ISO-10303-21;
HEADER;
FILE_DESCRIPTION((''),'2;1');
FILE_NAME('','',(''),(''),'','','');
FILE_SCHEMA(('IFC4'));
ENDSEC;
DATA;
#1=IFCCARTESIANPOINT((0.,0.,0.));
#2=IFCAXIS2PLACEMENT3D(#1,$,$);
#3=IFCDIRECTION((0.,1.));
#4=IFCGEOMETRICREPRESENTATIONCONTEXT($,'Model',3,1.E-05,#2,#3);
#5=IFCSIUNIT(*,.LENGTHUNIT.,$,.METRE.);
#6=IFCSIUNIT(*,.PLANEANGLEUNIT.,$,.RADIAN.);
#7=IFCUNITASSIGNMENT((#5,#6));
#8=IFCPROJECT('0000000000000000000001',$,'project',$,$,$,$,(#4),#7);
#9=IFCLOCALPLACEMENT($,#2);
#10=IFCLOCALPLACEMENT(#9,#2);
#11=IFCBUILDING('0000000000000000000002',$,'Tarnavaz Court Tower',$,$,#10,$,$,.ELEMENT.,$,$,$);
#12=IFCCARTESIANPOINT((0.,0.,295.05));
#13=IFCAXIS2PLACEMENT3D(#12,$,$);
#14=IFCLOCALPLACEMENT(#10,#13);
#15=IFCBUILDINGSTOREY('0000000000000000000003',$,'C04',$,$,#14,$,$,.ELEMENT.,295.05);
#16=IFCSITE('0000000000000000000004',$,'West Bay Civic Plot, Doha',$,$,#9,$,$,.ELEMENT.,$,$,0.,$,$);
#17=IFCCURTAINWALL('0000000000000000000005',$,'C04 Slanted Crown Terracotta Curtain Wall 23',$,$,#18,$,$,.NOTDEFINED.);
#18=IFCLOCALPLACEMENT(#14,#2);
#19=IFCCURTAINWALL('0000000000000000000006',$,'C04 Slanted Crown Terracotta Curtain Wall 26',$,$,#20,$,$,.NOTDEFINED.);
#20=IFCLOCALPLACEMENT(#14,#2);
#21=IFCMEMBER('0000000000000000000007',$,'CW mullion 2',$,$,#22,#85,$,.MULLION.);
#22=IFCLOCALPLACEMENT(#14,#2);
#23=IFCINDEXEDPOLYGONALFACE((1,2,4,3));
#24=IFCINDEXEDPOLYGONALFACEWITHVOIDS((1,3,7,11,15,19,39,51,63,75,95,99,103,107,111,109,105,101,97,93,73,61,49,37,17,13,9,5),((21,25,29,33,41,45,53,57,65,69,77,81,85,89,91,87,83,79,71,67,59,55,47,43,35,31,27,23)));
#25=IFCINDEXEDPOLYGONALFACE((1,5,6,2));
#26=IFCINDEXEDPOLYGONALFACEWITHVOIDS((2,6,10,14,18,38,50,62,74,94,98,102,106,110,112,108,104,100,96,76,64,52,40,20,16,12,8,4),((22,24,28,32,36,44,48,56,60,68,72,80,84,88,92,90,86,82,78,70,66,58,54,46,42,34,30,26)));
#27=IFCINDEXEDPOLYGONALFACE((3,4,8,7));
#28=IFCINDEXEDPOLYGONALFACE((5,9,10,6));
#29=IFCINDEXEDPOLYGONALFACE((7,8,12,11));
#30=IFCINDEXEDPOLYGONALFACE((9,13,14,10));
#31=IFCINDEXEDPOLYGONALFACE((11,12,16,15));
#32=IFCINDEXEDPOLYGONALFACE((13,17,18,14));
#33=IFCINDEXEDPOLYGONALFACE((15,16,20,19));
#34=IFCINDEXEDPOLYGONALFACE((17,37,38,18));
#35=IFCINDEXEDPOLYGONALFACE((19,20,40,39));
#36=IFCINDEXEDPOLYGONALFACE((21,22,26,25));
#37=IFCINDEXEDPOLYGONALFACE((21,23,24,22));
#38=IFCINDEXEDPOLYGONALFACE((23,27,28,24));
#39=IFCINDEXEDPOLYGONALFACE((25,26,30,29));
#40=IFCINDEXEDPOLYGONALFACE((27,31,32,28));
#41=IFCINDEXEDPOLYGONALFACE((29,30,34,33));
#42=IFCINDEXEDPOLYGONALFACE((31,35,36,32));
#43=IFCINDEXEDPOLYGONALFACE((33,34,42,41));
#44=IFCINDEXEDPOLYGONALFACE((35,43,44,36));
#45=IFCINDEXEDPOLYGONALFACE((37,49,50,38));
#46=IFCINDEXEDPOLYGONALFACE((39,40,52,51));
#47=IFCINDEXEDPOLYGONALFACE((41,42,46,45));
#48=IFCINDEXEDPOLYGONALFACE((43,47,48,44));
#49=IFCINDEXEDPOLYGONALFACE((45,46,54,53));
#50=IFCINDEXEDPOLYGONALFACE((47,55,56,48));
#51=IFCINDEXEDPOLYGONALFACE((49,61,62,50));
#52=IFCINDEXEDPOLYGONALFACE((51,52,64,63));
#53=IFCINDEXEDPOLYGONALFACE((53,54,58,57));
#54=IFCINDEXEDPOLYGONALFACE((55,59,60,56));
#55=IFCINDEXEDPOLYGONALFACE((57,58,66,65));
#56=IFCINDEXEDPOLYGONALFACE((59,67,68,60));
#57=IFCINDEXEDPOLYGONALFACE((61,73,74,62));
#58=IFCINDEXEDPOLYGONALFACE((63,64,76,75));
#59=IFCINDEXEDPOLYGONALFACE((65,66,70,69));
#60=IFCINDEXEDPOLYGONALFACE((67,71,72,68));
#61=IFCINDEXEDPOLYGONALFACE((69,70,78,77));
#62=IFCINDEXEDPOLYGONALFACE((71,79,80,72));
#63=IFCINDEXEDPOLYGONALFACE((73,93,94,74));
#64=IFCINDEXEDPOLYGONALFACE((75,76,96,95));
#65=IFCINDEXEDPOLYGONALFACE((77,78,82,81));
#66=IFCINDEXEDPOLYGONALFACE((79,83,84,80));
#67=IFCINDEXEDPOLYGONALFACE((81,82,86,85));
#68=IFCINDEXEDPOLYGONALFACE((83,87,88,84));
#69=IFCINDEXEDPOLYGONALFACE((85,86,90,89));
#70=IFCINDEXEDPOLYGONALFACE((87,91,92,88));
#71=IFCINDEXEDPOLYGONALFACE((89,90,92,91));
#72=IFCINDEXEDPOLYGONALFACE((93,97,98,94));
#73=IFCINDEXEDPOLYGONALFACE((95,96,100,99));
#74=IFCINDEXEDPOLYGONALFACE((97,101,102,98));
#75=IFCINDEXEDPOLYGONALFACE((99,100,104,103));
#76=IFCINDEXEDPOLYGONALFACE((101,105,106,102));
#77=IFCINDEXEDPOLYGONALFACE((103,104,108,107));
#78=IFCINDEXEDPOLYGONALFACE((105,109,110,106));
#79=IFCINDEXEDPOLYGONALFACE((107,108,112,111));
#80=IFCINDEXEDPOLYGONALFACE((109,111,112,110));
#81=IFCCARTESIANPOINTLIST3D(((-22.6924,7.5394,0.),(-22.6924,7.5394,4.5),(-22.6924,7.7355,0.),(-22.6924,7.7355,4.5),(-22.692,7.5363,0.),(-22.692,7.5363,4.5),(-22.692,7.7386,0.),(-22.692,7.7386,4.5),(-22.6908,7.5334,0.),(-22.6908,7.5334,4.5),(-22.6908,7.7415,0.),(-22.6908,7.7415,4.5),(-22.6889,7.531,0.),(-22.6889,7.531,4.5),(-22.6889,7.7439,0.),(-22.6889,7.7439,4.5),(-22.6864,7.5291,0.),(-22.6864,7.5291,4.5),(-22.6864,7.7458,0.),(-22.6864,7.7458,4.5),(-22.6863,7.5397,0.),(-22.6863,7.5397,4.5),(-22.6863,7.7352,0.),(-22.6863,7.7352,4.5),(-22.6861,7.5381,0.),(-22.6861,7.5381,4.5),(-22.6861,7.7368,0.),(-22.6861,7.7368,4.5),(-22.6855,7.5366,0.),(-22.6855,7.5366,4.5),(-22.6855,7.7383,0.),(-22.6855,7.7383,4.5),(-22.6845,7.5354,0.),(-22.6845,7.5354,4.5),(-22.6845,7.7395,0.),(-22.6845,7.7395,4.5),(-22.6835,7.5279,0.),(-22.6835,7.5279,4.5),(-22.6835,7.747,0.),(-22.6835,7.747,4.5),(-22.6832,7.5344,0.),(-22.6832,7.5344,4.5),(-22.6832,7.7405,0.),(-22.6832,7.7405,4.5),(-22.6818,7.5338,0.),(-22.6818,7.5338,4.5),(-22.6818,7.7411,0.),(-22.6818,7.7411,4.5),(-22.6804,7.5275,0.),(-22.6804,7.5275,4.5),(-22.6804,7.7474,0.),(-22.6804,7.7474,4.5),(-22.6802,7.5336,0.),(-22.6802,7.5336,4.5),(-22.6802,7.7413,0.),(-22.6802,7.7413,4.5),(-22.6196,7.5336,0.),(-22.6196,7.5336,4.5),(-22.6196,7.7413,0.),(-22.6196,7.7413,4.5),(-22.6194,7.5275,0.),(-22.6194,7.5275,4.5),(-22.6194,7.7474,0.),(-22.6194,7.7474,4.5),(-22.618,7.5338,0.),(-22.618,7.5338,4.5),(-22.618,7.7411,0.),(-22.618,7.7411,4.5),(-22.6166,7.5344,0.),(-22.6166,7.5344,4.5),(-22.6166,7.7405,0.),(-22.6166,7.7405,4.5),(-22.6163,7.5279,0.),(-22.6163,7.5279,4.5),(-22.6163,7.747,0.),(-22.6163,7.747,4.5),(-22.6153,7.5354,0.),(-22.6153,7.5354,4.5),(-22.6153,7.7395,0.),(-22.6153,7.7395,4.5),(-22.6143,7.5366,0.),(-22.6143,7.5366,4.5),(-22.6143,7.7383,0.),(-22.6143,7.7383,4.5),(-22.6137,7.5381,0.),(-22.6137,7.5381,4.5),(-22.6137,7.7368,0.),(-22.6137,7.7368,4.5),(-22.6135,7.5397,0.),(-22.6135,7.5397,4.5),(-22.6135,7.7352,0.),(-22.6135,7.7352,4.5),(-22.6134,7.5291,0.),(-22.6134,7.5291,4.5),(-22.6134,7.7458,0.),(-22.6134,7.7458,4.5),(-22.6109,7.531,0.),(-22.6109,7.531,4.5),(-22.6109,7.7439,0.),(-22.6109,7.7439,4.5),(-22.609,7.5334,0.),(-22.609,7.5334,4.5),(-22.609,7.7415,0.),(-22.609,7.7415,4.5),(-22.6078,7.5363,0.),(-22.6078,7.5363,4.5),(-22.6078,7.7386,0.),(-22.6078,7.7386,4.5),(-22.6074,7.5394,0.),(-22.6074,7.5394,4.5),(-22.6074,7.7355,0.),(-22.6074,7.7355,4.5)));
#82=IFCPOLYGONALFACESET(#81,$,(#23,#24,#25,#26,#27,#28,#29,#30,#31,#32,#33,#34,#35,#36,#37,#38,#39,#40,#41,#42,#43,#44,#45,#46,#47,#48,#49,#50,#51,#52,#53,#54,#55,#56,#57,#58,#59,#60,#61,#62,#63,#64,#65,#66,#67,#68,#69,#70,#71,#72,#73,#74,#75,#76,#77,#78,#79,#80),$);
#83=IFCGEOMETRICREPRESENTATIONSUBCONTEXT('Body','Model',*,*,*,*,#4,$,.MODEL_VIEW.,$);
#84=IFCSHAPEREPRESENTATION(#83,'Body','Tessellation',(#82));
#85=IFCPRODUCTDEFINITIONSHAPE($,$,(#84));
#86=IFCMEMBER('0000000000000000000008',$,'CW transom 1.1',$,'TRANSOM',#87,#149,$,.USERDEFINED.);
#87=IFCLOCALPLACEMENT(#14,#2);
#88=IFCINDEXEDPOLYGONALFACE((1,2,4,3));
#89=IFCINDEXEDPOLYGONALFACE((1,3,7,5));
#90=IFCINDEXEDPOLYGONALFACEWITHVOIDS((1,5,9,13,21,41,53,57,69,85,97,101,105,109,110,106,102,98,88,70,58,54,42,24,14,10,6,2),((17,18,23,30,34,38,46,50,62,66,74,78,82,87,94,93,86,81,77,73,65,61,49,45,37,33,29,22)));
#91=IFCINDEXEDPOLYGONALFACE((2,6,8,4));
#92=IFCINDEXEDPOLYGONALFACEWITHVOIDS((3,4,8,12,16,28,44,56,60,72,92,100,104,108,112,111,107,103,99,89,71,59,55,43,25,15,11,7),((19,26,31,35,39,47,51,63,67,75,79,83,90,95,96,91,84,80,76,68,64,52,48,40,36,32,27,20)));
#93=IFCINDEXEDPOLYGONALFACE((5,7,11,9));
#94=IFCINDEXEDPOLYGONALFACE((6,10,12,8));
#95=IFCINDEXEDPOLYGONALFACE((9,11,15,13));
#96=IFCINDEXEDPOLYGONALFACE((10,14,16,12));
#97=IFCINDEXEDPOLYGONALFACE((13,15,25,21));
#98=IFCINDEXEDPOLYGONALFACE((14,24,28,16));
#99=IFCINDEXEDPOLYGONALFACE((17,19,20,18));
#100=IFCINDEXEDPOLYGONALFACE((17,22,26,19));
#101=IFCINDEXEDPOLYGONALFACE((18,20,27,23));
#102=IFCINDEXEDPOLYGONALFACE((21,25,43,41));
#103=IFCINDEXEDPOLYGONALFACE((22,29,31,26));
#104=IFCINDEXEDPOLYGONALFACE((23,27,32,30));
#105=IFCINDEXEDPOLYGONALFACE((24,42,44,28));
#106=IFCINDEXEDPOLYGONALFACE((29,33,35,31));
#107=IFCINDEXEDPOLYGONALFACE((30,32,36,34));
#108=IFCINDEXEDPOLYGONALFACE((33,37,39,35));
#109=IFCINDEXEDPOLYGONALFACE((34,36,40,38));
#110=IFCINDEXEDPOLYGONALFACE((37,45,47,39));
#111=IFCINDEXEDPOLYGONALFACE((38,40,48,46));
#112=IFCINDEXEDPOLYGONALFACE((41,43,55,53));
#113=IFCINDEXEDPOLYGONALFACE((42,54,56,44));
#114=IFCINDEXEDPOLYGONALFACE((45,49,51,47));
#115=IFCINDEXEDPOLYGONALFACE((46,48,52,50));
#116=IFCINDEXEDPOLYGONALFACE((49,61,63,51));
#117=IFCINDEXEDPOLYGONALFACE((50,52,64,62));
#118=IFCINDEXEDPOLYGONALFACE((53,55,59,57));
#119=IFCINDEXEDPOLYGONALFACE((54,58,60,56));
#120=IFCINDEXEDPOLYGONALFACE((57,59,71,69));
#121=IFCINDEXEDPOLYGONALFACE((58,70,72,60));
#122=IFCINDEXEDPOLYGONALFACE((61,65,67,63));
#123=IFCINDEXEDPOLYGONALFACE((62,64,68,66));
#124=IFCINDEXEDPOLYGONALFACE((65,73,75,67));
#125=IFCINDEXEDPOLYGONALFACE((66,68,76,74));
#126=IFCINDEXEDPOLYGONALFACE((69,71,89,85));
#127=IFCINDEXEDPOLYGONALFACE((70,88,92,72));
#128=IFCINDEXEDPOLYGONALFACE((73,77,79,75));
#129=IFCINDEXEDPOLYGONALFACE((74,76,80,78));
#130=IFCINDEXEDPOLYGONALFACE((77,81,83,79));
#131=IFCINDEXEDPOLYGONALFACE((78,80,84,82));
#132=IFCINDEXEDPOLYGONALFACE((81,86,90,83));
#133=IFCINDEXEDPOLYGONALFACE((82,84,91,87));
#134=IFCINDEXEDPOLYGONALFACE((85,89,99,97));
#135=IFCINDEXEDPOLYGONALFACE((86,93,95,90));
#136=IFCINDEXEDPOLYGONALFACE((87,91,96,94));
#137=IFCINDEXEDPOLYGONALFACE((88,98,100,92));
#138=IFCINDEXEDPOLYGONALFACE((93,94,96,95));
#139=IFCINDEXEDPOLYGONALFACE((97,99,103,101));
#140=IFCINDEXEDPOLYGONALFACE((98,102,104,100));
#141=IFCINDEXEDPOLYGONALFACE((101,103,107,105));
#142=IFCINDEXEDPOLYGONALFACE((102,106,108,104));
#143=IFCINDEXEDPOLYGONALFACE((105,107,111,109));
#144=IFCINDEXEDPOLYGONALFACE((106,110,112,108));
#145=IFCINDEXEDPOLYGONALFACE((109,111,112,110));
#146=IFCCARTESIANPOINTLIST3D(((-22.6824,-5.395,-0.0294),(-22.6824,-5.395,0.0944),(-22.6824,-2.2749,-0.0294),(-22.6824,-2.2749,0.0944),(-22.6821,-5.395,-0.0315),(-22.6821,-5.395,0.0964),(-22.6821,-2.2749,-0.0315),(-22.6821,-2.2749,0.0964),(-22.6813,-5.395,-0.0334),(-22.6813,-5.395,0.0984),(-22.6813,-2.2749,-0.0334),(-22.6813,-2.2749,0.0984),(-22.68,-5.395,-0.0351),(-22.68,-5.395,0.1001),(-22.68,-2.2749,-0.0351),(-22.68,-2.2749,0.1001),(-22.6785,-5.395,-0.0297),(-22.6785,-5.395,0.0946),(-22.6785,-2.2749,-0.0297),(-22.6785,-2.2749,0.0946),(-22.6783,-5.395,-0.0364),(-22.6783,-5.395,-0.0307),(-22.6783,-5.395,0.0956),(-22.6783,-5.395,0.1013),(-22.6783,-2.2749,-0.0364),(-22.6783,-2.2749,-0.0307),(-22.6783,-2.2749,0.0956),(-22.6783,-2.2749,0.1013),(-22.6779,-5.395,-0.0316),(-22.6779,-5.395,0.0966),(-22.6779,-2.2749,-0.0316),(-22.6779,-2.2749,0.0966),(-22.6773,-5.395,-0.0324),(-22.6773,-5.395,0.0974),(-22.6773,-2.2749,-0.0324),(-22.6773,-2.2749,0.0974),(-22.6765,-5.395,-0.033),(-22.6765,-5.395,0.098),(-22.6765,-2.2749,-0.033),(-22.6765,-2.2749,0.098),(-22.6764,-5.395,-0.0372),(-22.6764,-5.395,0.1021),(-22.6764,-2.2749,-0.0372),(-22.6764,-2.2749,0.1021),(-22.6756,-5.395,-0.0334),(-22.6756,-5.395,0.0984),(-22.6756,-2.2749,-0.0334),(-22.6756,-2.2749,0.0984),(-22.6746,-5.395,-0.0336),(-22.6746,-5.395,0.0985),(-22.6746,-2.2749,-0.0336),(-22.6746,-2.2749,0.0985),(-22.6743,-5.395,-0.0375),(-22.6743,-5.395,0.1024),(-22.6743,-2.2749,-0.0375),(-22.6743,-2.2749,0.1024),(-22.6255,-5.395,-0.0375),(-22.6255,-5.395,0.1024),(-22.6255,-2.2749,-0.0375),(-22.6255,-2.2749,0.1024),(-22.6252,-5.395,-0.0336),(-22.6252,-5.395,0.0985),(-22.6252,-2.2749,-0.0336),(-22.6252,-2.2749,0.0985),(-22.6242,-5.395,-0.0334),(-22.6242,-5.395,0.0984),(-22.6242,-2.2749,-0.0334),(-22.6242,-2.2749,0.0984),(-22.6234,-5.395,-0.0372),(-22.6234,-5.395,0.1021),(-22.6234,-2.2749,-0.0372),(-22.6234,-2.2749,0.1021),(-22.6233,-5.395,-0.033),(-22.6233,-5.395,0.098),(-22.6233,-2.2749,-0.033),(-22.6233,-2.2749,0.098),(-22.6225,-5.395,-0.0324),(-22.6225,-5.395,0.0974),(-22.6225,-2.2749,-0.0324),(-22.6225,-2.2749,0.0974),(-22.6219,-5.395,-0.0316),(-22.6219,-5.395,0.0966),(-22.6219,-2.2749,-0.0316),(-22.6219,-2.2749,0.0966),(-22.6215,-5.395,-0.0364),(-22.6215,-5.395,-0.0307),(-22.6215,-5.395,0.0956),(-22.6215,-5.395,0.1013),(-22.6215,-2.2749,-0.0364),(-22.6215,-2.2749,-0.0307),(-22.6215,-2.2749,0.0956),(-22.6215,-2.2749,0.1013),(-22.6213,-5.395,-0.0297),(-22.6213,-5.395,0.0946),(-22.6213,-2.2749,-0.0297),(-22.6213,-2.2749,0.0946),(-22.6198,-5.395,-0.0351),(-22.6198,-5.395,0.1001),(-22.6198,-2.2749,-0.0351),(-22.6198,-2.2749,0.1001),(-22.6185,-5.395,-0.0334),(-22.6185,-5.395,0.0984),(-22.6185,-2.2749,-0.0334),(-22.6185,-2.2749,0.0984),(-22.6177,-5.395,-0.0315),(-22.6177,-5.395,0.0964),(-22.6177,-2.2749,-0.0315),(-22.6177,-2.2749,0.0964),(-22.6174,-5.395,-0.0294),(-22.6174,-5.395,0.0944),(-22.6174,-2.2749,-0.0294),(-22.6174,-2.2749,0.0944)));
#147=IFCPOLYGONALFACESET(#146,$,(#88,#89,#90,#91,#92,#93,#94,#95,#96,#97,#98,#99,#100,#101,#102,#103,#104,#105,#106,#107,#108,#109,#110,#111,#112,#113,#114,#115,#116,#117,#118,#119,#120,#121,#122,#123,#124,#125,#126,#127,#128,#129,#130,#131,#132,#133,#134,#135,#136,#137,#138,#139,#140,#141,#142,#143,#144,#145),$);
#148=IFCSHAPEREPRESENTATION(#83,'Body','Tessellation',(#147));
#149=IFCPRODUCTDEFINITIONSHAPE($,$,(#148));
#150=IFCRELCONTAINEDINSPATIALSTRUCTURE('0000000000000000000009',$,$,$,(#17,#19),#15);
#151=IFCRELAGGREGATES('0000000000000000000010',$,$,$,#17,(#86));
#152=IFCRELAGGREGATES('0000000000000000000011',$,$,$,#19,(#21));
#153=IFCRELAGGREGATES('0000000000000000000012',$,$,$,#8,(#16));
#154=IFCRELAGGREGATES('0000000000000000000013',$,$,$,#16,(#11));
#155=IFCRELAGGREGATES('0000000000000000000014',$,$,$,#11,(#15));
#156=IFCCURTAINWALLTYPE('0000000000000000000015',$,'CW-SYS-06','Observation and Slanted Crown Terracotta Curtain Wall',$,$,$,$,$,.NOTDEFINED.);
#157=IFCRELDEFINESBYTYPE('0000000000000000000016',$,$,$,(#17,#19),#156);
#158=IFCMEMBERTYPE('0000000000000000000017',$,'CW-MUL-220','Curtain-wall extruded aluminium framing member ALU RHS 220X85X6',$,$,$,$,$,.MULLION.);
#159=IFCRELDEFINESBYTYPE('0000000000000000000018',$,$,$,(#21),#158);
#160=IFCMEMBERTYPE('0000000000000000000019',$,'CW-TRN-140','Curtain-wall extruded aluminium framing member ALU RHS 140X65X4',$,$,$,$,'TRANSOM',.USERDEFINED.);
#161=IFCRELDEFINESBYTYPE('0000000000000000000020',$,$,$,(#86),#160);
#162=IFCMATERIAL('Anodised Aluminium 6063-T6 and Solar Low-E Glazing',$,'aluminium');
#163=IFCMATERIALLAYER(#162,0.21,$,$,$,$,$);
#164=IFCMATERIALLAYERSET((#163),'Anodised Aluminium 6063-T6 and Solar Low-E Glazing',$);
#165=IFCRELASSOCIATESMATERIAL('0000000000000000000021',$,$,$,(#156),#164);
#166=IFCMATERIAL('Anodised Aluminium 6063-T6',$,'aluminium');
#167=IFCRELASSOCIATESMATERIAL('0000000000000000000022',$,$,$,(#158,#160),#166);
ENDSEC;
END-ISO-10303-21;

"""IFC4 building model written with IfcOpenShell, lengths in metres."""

from ifc_helpers import new_model, si_unit, direction, frame, origin, origin_2d, place, context, subcontext, project, spatial, hollow_rectangle, extrude, material, layer, layer_set, material_profile, profile_set, type_object, element, aggregate, save


model = new_model("IFC4")

# Units and contexts
model_context = context("Model", 3, precision=1e-05, world=origin(), true_north=direction((0.0, 1.0)))
body_context = subcontext(model_context, "Body", "Model", "MODEL_VIEW")
ifc_project = project(units=[si_unit("LENGTHUNIT", "METRE"), si_unit("PLANEANGLEUNIT", "RADIAN")], contexts=[model_context])

# Site, building, storey
site_placement = place(None, origin())
site = spatial("IfcSite", under=ifc_project, at=site_placement, Name="West Bay Civic Plot, Doha", CompositionType="ELEMENT", RefElevation=0.0)
building_placement = place(site_placement, origin())
building = spatial("IfcBuilding", under=site, at=building_placement, Name="Tarnavaz Court Tower", CompositionType="ELEMENT")
storey_placement = place(building_placement, frame((0.0, 0.0, 295.05)))
storey = spatial("IfcBuildingStorey", under=building, at=storey_placement, Name="C04", CompositionType="ELEMENT", Elevation=295.05)

# Shared definitions
ifc_material_1 = material(Name="Anodised Aluminium 6063-T6 and Solar Low-E Glazing", Category="aluminium")
ifc_layer_1 = layer(ifc_material_1, 0.21)
ifc_layer_set_1 = layer_set([ifc_layer_1], Name="Anodised Aluminium 6063-T6 and Solar Low-E Glazing")
curtain_wall_type = type_object("IfcCurtainWallType", Name="CW-SYS-06", Description="Observation and Slanted Crown Terracotta Curtain Wall", PredefinedType="NOTDEFINED", material=ifc_layer_set_1)
ifc_material_2 = material(Name="Anodised Aluminium 6063-T6", Category="aluminium")
ifc_material_profile_1 = material_profile(ifc_material_2, hollow_rectangle(XDim=0.085, YDim=0.22, WallThickness=0.0061, InnerFilletRadius=0.0061, OuterFilletRadius=0.012, at=origin_2d()), Name="ALU RHS 220X85X6")
ifc_profile_set_1 = profile_set([ifc_material_profile_1], Name="Anodised Aluminium 6063-T6")
member_type_1 = type_object("IfcMemberType", Name="CW-MUL-220", Description="Curtain-wall extruded aluminium framing member ALU RHS 220X85X6", PredefinedType="MULLION", material=ifc_profile_set_1)

# Curtain walls, member
curtain_wall_1_placement = place(storey_placement, origin())
curtain_wall_1 = element("IfcCurtainWall", 1, at=curtain_wall_1_placement, inside=storey, type_object=curtain_wall_type, Name="C04 Slanted Crown Terracotta Curtain Wall 23", PredefinedType="NOTDEFINED")
curtain_wall_2_placement = place(storey_placement, origin())
curtain_wall_2 = element("IfcCurtainWall", 2, at=curtain_wall_2_placement, inside=storey, type_object=curtain_wall_type, Name="C04 Slanted Crown Terracotta Curtain Wall 26", PredefinedType="NOTDEFINED")
member_1_placement = place(storey_placement, frame((-22.6499, 7.6375, 0.0), z_axis=(0.0, 0.0, 1.0), x_axis=(-1.0, 0.0, 0.0)))
member_1 = element("IfcMember", 3, at=member_1_placement, type_object=member_type_1, Name="CW mullion 2", PredefinedType="MULLION", context=body_context, shape_type="SweptSolid", body=[
    extrude(hollow_rectangle(XDim=0.085, YDim=0.22, WallThickness=0.0061, InnerFilletRadius=0.0061, OuterFilletRadius=0.012, at=origin_2d()), origin(), (0.0, 0.0, 1.0), 4.5),
])

# Member
ifc_material_profile_2 = material_profile(ifc_material_2, hollow_rectangle(XDim=0.0649, YDim=0.1399, WallThickness=0.0039, InnerFilletRadius=0.0039, OuterFilletRadius=0.0081, at=origin_2d()), Name="ALU RHS 140X65X4")
ifc_profile_set_2 = profile_set([ifc_material_profile_2], Name="Anodised Aluminium 6063-T6")
member_type_2 = type_object("IfcMemberType", Name="CW-TRN-140", Description="Curtain-wall extruded aluminium framing member ALU RHS 140X65X4", ElementType="TRANSOM", PredefinedType="USERDEFINED", material=ifc_profile_set_2)
member_2_placement = place(storey_placement, frame((-22.6499, -5.395, 0.0325), z_axis=(0.0, 1.0, 0.0), x_axis=(-1.0, 0.0, 0.0)))
member_2 = element("IfcMember", 4, at=member_2_placement, type_object=member_type_2, Name="CW transom 1.1", ObjectType="TRANSOM", PredefinedType="USERDEFINED", context=body_context, shape_type="SweptSolid", body=[
    extrude(hollow_rectangle(XDim=0.0649, YDim=0.1399, WallThickness=0.0039, InnerFilletRadius=0.0039, OuterFilletRadius=0.0081, at=origin_2d()), origin(), (0.0, 0.0, 1.0), 3.1201),
])

aggregate(curtain_wall_1, [member_2])
aggregate(curtain_wall_2, [member_1])

save(model, "model.ifc")
